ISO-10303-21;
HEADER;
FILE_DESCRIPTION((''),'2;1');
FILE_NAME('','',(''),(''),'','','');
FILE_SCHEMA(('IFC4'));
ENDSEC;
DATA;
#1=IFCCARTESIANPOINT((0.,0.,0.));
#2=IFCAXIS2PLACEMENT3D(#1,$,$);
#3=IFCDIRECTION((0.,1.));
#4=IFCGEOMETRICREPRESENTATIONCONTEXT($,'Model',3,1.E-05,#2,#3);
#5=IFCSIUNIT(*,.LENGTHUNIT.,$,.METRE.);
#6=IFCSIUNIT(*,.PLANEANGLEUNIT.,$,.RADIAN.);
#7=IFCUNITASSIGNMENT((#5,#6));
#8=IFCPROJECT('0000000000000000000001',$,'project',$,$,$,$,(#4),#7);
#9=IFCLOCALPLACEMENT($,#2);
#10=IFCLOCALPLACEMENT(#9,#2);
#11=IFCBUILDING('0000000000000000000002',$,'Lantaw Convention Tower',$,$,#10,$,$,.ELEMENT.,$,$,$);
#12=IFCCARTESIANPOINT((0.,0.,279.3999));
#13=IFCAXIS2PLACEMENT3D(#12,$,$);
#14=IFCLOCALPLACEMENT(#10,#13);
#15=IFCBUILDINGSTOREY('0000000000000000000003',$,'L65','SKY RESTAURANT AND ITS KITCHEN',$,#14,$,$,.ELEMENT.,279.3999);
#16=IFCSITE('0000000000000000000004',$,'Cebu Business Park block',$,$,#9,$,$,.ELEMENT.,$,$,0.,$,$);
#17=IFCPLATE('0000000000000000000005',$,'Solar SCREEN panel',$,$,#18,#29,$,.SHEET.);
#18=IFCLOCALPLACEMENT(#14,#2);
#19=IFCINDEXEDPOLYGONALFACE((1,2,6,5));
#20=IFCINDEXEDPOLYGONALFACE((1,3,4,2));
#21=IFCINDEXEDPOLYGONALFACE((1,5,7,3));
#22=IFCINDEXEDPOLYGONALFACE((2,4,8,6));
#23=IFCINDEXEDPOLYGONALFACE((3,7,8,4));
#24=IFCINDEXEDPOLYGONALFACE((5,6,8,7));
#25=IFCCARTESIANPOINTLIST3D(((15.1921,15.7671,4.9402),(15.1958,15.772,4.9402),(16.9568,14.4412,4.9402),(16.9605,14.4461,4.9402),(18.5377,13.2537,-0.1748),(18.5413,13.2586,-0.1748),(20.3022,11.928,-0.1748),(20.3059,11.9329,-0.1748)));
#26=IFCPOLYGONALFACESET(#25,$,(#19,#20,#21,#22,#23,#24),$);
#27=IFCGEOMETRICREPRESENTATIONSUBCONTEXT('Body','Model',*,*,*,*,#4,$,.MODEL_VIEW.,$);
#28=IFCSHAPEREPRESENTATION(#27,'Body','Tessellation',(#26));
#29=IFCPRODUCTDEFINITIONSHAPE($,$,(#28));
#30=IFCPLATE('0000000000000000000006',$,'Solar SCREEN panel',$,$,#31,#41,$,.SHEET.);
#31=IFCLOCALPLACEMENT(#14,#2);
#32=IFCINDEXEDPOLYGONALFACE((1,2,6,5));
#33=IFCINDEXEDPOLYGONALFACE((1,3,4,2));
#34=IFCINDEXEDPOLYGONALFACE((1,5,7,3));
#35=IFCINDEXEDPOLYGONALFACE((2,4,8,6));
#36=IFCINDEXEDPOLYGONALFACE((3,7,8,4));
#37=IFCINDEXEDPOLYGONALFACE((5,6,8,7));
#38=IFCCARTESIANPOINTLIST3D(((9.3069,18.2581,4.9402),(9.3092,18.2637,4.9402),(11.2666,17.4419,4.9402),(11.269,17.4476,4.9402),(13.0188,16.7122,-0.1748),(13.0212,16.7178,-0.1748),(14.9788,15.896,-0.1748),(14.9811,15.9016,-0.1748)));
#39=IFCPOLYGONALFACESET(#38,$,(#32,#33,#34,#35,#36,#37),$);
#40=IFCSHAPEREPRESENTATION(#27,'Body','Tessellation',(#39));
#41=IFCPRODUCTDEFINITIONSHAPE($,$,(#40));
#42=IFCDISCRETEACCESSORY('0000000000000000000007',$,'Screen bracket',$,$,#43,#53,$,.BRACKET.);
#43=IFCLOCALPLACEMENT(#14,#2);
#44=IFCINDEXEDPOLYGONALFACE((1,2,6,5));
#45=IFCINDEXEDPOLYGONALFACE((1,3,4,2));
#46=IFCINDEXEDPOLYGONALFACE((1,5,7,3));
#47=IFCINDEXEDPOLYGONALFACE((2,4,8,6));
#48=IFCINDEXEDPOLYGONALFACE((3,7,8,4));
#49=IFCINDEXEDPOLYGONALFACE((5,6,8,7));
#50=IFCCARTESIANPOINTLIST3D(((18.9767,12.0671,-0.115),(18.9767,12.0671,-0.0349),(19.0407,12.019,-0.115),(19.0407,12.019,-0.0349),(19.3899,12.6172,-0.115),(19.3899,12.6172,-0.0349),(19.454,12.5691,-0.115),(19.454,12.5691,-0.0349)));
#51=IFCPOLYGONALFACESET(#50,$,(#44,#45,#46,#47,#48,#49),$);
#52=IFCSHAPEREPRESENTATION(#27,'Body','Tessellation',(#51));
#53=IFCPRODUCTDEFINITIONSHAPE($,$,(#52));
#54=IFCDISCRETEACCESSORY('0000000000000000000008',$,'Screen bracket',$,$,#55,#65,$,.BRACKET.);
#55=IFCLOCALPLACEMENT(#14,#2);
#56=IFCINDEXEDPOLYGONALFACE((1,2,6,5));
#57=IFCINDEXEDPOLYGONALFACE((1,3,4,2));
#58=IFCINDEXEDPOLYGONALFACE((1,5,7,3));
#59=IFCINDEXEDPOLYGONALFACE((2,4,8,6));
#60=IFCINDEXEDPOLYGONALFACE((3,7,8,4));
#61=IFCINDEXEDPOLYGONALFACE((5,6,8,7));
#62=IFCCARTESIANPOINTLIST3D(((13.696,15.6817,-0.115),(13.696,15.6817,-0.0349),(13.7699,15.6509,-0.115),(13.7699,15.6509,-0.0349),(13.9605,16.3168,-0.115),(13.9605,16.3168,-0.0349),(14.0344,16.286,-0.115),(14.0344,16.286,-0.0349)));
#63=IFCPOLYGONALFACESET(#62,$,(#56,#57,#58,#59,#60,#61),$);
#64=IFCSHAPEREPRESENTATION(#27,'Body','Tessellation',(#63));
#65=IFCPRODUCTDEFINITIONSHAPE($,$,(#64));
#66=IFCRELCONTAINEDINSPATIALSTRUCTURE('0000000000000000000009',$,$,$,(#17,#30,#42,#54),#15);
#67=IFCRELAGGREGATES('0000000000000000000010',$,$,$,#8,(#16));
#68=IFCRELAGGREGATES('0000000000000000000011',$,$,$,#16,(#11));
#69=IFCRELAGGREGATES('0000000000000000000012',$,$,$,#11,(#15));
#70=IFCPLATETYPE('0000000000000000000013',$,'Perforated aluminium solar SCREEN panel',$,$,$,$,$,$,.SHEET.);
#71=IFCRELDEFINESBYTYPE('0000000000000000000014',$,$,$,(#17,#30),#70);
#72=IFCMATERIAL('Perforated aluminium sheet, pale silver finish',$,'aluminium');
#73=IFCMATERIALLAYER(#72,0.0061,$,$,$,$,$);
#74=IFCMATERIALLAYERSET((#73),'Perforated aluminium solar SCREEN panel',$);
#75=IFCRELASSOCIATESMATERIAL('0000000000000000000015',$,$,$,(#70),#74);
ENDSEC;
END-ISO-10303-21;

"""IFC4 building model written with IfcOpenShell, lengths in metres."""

from ifc_helpers import new_model, si_unit, direction, frame, origin, origin_2d, place, context, subcontext, project, spatial, polyline, rectangle, outline, extrude, material, layer, layer_set, type_object, element, save


model = new_model("IFC4")

# Units and contexts
model_context = context("Model", 3, precision=1e-05, world=origin(), true_north=direction((0.0, 1.0)))
body_context = subcontext(model_context, "Body", "Model", "MODEL_VIEW")
ifc_project = project(units=[si_unit("LENGTHUNIT", "METRE"), si_unit("PLANEANGLEUNIT", "RADIAN")], contexts=[model_context])

# Site, building, storey
site_placement = place(None, origin())
site = spatial("IfcSite", under=ifc_project, at=site_placement, Name="Cebu Business Park block", CompositionType="ELEMENT", RefElevation=0.0)
building_placement = place(site_placement, origin())
building = spatial("IfcBuilding", under=site, at=building_placement, Name="Lantaw Convention Tower", CompositionType="ELEMENT")
storey_placement = place(building_placement, frame((0.0, 0.0, 279.3999)))
storey = spatial("IfcBuildingStorey", under=building, at=storey_placement, Name="L65", Description="SKY RESTAURANT AND ITS KITCHEN", CompositionType="ELEMENT", Elevation=279.3999)

# Plates
ifc_material_1 = material(Name="Perforated aluminium sheet, pale silver finish", Category="aluminium")
ifc_layer_1 = layer(ifc_material_1, 0.0061)
ifc_layer_set_1 = layer_set([ifc_layer_1], Name="Perforated aluminium solar SCREEN panel")
plate_type_1 = type_object("IfcPlateType", Name="Perforated aluminium solar SCREEN panel", PredefinedType="SHEET", material=ifc_layer_set_1)
plate_1_placement = place(storey_placement, frame((20.3059, 11.9329, -0.1748), z_axis=(0.600672, 0.799495, 0.000029), x_axis=(-0.799495, 0.600672, 0.0)))
element("IfcPlate", 1, at=plate_1_placement, inside=storey, type_object=plate_type_1, Name="Solar SCREEN panel", PredefinedType="SHEET", context=body_context, shape_type="SweptSolid", body=[
    extrude(outline(polyline([(0.0, 0.0), (2.2071, 0.0), (6.3916, 5.115), (4.1843, 5.115), (0.0, 0.0)])), origin(), (0.0, 0.0, -1.0), 0.0061),
])
plate_2_placement = place(storey_placement, frame((14.9788, 15.896, -0.1748), z_axis=(-0.38444, -0.92315, 0.000008), x_axis=(-0.92315, 0.38444, 0.0)))
element("IfcPlate", 2, at=plate_2_placement, inside=storey, type_object=plate_type_1, Name="Solar SCREEN panel", PredefinedType="SHEET", context=body_context, shape_type="SweptSolid", body=[
    extrude(outline(polyline([(0.0, 0.0), (2.1231, 0.0), (6.1441, -5.115), (4.0212, -5.115), (0.0, 0.0)])), origin(), (0.0, 0.0, -1.0), 0.0061),
])

# Discrete accessories
for number, where, z_axis, x_axis, name in (
    (3, (19.2153, 12.3181, -0.115), (0.0, 0.0, 1.0), (-0.799518, 0.600643, 0.0), "Screen bracket"),
    (4, (13.8652, 15.9839, -0.115), (0.0, 0.0, 1.0), (-0.923142, 0.38446, 0.0), "Screen bracket"),
):
    element("IfcDiscreteAccessory", number, at=place(storey_placement, frame(where, z_axis=z_axis, x_axis=x_axis)), inside=storey, Name=name, PredefinedType="BRACKET", context=body_context, shape_type="SweptSolid", body=[
        extrude(rectangle(XDim=0.0801, YDim=0.688, at=origin_2d()), origin(), (0.0, 0.0, 1.0), 0.0801),
    ])

save(model, "model.ifc")
